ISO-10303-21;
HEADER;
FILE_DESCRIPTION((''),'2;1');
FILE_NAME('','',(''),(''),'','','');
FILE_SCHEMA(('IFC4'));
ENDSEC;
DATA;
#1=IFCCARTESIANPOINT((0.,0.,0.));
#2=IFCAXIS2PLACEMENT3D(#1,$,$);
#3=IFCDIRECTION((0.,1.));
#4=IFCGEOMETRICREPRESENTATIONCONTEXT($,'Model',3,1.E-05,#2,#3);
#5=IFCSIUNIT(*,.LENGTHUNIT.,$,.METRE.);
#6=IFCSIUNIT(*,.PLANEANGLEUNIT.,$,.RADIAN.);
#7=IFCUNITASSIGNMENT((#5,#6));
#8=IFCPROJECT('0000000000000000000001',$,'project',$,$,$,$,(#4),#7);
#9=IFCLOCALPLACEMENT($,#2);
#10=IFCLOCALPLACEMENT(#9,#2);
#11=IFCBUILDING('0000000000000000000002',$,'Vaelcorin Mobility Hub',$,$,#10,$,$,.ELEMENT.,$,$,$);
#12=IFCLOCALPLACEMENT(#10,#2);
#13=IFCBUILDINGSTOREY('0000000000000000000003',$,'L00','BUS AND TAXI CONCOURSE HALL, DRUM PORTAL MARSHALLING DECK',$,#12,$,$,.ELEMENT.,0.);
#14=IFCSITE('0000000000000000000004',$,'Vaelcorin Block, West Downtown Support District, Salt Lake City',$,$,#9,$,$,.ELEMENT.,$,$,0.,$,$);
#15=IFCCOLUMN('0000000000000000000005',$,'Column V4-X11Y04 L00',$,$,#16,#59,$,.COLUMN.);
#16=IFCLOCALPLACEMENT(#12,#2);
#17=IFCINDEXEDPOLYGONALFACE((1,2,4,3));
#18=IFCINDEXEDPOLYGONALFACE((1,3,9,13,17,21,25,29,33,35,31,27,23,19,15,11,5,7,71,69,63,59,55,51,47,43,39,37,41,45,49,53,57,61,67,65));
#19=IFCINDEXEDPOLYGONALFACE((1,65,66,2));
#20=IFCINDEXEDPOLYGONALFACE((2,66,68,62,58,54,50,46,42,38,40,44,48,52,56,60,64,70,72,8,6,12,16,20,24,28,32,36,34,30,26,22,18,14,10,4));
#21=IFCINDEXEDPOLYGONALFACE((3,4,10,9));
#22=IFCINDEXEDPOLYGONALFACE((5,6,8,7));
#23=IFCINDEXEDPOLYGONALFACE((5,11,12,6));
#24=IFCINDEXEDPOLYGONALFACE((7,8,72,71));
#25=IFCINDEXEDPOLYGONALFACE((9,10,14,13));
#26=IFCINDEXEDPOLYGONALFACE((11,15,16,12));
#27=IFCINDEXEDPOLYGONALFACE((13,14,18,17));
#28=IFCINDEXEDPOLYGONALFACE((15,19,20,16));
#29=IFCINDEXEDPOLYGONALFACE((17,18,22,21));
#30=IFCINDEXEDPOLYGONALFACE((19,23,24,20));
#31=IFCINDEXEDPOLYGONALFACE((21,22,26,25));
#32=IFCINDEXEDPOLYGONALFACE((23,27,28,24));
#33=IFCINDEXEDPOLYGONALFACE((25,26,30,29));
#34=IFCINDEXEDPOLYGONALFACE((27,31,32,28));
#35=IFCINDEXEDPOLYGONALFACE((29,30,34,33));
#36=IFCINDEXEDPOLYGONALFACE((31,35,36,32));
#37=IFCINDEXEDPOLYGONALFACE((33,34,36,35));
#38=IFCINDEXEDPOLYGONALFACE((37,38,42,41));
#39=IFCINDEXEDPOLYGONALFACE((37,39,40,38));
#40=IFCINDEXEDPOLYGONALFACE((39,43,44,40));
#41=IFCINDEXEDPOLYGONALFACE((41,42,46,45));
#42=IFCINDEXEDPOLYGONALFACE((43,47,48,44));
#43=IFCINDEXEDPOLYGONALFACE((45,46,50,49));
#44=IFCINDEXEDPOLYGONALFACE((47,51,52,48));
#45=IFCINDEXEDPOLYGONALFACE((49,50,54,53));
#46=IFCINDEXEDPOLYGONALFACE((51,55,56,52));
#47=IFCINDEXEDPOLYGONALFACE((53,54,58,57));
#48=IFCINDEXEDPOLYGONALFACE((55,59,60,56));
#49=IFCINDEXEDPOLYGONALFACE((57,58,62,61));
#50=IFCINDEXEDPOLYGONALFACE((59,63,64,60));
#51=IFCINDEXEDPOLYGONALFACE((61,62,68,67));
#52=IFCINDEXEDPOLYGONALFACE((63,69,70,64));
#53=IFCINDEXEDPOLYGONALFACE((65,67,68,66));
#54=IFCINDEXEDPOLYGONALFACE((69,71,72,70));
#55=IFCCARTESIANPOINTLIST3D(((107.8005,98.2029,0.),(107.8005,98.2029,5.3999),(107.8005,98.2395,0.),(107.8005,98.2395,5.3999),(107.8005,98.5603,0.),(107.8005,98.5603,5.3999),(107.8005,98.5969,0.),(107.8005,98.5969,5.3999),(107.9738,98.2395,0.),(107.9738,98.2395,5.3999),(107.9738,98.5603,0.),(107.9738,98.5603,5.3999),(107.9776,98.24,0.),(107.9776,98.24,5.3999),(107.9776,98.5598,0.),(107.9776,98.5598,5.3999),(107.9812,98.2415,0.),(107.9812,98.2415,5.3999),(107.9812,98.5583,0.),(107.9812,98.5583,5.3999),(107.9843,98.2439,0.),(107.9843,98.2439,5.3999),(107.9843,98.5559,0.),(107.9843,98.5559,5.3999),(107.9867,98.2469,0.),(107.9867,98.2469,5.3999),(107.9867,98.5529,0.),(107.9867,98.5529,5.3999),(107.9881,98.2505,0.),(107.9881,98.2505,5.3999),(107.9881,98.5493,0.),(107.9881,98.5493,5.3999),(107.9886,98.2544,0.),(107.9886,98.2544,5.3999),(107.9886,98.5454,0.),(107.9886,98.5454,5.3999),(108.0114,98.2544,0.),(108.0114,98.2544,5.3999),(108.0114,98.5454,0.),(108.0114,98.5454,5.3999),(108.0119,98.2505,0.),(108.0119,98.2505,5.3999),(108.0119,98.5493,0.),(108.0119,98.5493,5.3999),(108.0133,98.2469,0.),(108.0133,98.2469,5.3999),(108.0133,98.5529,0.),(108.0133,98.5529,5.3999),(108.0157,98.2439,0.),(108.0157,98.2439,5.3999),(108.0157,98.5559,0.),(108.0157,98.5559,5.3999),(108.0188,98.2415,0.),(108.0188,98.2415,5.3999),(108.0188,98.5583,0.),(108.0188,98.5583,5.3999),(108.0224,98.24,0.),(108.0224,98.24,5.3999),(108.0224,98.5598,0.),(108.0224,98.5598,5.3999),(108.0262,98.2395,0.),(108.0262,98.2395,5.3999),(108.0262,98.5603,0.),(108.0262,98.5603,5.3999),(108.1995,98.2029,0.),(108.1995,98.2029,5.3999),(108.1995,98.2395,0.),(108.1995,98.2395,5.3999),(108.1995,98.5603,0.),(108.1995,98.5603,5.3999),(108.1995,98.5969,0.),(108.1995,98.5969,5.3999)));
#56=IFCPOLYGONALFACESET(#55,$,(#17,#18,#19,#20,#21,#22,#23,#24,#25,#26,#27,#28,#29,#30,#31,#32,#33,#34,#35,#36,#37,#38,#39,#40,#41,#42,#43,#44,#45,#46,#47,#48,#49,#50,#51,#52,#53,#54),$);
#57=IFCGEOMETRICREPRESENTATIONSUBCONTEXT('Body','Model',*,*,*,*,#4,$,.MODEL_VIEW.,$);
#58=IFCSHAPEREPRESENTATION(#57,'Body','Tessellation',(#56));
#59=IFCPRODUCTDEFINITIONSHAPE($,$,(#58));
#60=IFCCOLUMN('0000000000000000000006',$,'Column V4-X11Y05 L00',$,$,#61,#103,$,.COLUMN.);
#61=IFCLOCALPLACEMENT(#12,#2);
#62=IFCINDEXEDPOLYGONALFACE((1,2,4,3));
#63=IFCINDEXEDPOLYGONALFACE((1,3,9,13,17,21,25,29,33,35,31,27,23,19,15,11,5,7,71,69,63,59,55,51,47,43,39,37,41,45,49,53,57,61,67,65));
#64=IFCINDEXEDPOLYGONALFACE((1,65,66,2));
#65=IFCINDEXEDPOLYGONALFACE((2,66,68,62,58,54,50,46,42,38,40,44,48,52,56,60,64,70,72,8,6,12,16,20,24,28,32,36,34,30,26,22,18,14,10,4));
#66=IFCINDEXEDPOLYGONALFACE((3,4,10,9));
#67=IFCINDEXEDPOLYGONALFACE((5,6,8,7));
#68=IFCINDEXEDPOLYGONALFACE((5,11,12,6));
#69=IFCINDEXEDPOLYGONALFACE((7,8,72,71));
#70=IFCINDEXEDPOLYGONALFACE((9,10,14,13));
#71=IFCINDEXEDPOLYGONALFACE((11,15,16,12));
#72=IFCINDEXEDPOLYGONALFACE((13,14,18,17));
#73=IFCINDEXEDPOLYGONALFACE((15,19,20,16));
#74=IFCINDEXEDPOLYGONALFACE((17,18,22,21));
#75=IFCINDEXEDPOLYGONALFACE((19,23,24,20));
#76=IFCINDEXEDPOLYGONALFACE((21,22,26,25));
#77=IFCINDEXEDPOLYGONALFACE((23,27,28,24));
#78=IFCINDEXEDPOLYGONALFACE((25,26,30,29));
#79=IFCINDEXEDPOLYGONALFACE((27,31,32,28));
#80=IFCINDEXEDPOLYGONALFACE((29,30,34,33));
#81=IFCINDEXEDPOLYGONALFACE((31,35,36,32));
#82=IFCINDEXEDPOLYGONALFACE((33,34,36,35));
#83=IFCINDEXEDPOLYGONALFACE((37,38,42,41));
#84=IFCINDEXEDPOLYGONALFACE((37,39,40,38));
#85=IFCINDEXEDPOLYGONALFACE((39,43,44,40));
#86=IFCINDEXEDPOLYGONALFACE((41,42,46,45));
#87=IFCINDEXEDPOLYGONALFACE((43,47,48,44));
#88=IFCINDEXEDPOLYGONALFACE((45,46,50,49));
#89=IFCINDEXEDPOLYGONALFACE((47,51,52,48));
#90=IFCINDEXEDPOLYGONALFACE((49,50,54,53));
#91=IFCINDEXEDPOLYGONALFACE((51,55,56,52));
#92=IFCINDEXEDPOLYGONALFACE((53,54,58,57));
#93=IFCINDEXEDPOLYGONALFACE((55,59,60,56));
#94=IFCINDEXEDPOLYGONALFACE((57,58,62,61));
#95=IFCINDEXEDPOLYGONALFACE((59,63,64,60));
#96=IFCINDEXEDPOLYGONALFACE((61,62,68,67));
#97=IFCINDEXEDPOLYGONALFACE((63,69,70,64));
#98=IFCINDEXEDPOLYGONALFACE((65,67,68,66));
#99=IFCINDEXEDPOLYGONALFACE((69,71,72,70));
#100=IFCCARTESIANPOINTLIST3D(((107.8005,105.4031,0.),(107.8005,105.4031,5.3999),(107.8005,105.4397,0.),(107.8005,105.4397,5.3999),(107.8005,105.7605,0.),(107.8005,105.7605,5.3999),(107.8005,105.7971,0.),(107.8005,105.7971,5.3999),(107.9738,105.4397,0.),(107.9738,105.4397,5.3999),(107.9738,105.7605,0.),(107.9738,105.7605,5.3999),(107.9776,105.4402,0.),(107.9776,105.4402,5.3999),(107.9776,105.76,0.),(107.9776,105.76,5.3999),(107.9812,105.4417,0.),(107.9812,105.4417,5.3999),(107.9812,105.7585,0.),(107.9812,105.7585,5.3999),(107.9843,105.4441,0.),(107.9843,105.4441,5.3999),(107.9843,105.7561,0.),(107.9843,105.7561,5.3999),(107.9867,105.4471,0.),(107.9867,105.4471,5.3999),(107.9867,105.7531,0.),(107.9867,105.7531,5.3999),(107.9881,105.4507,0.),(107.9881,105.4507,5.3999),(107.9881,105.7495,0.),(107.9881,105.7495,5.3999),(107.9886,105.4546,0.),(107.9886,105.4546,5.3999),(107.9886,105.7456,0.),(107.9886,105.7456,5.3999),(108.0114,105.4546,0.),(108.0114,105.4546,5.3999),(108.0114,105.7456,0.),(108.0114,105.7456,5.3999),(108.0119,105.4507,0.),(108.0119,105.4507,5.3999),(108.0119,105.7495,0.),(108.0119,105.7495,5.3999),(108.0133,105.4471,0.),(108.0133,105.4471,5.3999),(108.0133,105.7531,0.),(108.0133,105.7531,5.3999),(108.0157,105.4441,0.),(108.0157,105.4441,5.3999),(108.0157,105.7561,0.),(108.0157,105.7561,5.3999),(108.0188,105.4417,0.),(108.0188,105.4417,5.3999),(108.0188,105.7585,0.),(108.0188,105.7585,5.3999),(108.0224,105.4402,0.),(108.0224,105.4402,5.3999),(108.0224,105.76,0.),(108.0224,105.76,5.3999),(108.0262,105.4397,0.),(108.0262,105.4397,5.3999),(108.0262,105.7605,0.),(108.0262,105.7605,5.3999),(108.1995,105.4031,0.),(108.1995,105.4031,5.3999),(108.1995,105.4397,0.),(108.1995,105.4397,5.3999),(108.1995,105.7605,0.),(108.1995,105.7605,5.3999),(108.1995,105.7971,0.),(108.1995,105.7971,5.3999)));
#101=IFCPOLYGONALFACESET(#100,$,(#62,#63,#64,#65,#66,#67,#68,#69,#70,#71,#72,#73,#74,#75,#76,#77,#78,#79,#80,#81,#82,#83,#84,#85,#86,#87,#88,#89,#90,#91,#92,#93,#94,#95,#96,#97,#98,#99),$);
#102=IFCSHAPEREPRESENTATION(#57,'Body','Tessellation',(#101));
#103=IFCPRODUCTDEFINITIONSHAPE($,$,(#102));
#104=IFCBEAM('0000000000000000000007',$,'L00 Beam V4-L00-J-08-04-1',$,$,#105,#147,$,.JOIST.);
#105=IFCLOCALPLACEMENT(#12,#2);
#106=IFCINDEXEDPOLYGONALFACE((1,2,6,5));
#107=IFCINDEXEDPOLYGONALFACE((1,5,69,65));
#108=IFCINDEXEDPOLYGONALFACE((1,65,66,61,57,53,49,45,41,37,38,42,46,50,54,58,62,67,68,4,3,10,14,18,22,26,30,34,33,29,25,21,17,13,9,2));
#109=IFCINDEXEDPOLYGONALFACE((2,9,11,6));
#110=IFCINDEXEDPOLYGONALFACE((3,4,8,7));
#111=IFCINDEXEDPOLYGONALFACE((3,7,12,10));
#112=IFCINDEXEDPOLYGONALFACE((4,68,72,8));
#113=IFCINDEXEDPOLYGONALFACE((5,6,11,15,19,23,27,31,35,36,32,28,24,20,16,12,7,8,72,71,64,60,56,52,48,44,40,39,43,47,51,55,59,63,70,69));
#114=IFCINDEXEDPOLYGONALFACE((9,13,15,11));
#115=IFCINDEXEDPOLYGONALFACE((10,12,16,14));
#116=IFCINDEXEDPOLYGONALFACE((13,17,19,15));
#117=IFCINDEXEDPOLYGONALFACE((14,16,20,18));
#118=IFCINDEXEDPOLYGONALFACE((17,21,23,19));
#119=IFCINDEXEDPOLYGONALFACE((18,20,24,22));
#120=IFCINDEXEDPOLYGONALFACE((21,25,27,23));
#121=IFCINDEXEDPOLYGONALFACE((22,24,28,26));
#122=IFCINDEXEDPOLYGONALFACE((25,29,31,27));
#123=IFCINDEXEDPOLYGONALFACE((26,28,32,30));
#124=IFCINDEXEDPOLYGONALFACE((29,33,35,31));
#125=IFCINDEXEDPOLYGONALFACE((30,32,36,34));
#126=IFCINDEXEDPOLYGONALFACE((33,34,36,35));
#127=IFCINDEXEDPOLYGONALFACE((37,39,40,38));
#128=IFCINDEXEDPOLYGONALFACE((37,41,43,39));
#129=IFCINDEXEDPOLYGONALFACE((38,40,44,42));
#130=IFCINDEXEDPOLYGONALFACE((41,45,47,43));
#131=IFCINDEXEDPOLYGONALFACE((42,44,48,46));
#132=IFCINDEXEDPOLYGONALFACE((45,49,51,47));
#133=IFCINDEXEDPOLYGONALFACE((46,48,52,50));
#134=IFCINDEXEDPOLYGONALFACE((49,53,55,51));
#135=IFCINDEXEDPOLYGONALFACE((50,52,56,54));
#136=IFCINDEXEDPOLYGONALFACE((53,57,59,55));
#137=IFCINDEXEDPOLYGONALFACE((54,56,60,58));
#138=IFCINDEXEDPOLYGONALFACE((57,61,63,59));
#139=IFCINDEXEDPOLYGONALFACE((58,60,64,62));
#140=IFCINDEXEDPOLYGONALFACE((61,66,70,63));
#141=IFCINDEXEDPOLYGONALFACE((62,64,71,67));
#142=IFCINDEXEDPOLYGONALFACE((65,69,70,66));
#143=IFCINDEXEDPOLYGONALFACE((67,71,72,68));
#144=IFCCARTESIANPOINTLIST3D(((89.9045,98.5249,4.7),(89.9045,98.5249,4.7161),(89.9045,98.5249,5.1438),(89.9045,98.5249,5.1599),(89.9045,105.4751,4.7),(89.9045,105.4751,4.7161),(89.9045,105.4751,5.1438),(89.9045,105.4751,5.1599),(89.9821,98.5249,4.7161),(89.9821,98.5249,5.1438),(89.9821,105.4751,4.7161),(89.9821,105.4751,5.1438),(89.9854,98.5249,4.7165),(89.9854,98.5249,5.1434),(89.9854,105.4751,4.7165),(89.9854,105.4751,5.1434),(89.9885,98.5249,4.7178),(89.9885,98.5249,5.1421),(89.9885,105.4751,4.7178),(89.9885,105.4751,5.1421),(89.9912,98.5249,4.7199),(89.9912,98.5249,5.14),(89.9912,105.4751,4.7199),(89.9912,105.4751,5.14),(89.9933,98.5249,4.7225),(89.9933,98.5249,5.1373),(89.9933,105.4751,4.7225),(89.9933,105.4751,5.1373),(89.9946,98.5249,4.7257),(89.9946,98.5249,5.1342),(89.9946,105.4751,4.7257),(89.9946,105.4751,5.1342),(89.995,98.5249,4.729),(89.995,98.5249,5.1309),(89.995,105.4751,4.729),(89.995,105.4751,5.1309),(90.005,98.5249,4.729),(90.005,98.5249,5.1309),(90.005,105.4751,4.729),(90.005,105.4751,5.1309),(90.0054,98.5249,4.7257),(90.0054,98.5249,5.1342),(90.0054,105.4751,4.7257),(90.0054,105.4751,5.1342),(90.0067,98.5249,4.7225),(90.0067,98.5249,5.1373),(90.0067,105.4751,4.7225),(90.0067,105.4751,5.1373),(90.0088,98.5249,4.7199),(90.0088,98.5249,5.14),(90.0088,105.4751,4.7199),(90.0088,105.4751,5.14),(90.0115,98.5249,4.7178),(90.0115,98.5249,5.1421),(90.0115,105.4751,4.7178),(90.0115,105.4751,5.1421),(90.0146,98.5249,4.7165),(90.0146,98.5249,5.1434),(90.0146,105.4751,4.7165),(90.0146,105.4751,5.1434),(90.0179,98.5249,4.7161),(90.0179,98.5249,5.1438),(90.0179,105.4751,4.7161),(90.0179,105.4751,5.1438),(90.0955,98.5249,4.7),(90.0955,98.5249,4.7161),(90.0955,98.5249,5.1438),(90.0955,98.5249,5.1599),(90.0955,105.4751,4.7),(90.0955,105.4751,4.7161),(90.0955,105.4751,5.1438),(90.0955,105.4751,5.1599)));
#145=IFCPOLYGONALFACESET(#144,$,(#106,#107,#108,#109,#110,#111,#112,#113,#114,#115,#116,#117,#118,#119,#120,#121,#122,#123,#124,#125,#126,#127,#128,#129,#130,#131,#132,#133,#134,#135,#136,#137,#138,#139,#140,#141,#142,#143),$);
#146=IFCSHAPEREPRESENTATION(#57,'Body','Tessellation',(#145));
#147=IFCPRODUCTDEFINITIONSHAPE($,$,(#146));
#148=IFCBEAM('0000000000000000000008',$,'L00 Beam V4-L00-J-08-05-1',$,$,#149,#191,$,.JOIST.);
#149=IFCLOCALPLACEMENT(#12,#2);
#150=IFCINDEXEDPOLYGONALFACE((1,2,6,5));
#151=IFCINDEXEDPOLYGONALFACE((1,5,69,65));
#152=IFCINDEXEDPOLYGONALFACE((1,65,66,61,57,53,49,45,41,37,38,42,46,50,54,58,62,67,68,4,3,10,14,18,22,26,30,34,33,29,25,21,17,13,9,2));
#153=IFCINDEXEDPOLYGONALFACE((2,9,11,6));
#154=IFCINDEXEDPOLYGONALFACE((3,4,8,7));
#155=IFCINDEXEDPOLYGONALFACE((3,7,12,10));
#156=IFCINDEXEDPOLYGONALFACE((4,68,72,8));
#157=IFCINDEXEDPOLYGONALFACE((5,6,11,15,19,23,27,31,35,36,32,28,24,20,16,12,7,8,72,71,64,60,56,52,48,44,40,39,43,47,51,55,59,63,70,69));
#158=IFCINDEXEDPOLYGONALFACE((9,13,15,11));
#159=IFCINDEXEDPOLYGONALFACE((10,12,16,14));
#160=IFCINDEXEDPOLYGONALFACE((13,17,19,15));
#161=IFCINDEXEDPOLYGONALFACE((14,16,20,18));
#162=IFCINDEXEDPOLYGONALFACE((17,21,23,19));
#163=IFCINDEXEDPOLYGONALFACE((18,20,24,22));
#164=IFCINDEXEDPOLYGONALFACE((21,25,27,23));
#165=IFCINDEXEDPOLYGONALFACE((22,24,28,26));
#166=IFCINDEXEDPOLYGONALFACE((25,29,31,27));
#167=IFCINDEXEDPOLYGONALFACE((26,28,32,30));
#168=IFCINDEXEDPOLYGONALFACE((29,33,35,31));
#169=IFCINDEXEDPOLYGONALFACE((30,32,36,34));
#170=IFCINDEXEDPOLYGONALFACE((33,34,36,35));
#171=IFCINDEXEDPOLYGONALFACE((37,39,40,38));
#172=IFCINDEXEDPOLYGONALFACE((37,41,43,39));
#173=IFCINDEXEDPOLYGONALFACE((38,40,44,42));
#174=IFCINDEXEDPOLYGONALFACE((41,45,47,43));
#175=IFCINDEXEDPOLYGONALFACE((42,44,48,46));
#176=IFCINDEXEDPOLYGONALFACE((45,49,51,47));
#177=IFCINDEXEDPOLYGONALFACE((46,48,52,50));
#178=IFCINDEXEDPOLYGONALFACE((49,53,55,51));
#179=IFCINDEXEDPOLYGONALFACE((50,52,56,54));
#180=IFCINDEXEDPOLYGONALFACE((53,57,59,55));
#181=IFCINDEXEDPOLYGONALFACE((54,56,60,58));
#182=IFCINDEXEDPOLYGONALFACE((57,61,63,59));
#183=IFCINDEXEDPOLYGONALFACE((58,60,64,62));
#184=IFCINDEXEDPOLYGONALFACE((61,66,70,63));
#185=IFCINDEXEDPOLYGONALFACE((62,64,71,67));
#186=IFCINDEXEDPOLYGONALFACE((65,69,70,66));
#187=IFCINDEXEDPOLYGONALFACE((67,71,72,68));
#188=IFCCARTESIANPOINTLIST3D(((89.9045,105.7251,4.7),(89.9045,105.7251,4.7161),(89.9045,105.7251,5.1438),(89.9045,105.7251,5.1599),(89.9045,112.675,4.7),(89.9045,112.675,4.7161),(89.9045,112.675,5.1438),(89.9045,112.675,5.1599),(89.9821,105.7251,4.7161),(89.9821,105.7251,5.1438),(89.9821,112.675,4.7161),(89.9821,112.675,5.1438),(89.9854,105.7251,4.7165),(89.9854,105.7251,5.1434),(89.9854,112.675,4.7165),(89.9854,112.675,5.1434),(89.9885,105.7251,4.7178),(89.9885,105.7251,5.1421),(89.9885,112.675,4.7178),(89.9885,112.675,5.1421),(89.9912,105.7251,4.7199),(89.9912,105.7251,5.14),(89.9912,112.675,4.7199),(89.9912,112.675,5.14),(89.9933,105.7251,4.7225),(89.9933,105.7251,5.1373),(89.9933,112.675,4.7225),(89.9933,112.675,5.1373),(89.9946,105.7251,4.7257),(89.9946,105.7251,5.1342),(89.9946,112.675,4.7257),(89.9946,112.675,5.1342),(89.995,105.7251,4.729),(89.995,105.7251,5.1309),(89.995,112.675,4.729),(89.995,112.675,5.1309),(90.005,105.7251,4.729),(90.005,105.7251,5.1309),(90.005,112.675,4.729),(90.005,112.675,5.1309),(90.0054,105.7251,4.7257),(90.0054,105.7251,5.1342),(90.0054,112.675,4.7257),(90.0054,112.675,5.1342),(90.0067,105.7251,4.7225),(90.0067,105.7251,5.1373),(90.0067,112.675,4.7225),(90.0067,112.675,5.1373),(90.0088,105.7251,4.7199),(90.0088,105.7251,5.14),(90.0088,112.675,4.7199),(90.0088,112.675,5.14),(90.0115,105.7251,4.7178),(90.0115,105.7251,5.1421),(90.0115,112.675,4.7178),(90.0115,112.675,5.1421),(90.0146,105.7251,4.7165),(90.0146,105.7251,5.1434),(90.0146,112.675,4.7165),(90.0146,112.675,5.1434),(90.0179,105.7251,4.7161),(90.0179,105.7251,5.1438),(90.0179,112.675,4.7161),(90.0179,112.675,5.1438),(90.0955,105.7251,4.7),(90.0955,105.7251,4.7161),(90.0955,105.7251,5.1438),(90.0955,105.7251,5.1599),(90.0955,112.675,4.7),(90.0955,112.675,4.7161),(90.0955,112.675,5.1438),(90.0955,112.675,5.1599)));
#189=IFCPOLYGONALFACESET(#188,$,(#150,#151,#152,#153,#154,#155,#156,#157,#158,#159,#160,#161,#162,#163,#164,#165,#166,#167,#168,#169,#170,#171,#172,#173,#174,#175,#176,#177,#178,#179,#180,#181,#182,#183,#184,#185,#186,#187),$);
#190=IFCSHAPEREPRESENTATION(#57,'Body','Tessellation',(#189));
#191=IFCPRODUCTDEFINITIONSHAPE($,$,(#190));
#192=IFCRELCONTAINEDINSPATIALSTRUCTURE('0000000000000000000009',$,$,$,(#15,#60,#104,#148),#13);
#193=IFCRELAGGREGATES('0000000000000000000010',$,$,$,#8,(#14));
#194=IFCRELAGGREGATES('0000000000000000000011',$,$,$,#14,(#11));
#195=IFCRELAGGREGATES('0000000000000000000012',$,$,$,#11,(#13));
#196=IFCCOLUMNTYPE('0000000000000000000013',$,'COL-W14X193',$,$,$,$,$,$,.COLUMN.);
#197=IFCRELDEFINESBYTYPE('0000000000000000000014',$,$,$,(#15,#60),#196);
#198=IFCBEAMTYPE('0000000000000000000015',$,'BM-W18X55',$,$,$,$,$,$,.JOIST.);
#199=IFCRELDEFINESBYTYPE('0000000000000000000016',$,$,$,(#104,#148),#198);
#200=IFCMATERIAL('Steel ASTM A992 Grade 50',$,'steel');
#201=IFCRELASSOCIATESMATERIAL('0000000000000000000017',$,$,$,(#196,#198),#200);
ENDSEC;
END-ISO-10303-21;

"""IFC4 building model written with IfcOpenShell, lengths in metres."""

from ifc_helpers import new_model, si_unit, direction, frame, origin, origin_2d, place, context, subcontext, project, spatial, i_section, extrude, material, material_profile, profile_set, type_object, element, save


model = new_model("IFC4")

# Units and contexts
model_context = context("Model", 3, precision=1e-05, world=origin(), true_north=direction((0.0, 1.0)))
body_context = subcontext(model_context, "Body", "Model", "MODEL_VIEW")
ifc_project = project(units=[si_unit("LENGTHUNIT", "METRE"), si_unit("PLANEANGLEUNIT", "RADIAN")], contexts=[model_context])

# Site, building, storey
site_placement = place(None, origin())
site = spatial("IfcSite", under=ifc_project, at=site_placement, Name="Vaelcorin Block, West Downtown Support District, Salt Lake City", CompositionType="ELEMENT", RefElevation=0.0)
building_placement = place(site_placement, origin())
building = spatial("IfcBuilding", under=site, at=building_placement, Name="Vaelcorin Mobility Hub", CompositionType="ELEMENT")
storey_placement = place(building_placement, origin())
storey = spatial("IfcBuildingStorey", under=building, at=storey_placement, Name="L00", Description="BUS AND TAXI CONCOURSE HALL, DRUM PORTAL MARSHALLING DECK", CompositionType="ELEMENT", Elevation=0.0)

# Columns
ifc_material_1 = material(Name="Steel ASTM A992 Grade 50", Category="steel")
ifc_material_profile_1 = material_profile(ifc_material_1, i_section(OverallWidth=0.3989, OverallDepth=0.394, WebThickness=0.0227, FlangeThickness=0.0366, FilletRadius=0.0149, at=origin_2d()), Name="W14X193")
ifc_profile_set_1 = profile_set([ifc_material_profile_1], Name="Steel ASTM A992 Grade 50")
column_type = type_object("IfcColumnType", Name="COL-W14X193", PredefinedType="COLUMN", material=ifc_profile_set_1)
for number, where, z_axis, x_axis, name in (
    (1, (108.0, 98.3999, 0.0), (0.0, 0.0, 1.0), (1.0, 0.0, 0.0), "Column V4-X11Y04 L00"),
    (2, (108.0, 105.6001, 0.0), (0.0, 0.0, 1.0), (1.0, 0.0, 0.0), "Column V4-X11Y05 L00"),
):
    element("IfcColumn", number, at=place(storey_placement, frame(where, z_axis=z_axis, x_axis=x_axis)), inside=storey, type_object=column_type, Name=name, PredefinedType="COLUMN", context=body_context, shape_type="SweptSolid", body=[
        extrude(i_section(OverallWidth=0.3989, OverallDepth=0.394, WebThickness=0.0227, FlangeThickness=0.0366, FilletRadius=0.0149, at=origin_2d()), origin(), (0.0, 0.0, 1.0), 5.3999),
    ])

# Beams
ifc_material_profile_2 = material_profile(ifc_material_1, i_section(OverallWidth=0.1909, OverallDepth=0.46, WebThickness=0.01, FlangeThickness=0.0161, FilletRadius=0.0129, at=origin_2d()), Name="W18X55")
ifc_profile_set_2 = profile_set([ifc_material_profile_2], Name="Steel ASTM A992 Grade 50")
beam_type_1 = type_object("IfcBeamType", Name="BM-W18X55", PredefinedType="JOIST", material=ifc_profile_set_2)
beam_1_placement = place(storey_placement, frame((90.0, 98.5249, 4.9299), z_axis=(0.0, 1.0, 0.0), x_axis=(-1.0, 0.0, 0.0)))
element("IfcBeam", 3, at=beam_1_placement, inside=storey, type_object=beam_type_1, Name="L00 Beam V4-L00-J-08-04-1", PredefinedType="JOIST", context=body_context, shape_type="SweptSolid", body=[
    extrude(i_section(OverallWidth=0.1909, OverallDepth=0.46, WebThickness=0.01, FlangeThickness=0.0161, FilletRadius=0.0129, at=origin_2d()), origin(), (0.0, 0.0, 1.0), 6.9502),
])
beam_2_placement = place(storey_placement, frame((90.0, 105.7251, 4.9299), z_axis=(0.0, 1.0, 0.0), x_axis=(-1.0, 0.0, 0.0)))
element("IfcBeam", 4, at=beam_2_placement, inside=storey, type_object=beam_type_1, Name="L00 Beam V4-L00-J-08-05-1", PredefinedType="JOIST", context=body_context, shape_type="SweptSolid", body=[
    extrude(i_section(OverallWidth=0.1909, OverallDepth=0.46, WebThickness=0.01, FlangeThickness=0.0161, FilletRadius=0.0129, at=origin_2d()), origin(), (0.0, 0.0, 1.0), 6.95),
])

save(model, "model.ifc")
